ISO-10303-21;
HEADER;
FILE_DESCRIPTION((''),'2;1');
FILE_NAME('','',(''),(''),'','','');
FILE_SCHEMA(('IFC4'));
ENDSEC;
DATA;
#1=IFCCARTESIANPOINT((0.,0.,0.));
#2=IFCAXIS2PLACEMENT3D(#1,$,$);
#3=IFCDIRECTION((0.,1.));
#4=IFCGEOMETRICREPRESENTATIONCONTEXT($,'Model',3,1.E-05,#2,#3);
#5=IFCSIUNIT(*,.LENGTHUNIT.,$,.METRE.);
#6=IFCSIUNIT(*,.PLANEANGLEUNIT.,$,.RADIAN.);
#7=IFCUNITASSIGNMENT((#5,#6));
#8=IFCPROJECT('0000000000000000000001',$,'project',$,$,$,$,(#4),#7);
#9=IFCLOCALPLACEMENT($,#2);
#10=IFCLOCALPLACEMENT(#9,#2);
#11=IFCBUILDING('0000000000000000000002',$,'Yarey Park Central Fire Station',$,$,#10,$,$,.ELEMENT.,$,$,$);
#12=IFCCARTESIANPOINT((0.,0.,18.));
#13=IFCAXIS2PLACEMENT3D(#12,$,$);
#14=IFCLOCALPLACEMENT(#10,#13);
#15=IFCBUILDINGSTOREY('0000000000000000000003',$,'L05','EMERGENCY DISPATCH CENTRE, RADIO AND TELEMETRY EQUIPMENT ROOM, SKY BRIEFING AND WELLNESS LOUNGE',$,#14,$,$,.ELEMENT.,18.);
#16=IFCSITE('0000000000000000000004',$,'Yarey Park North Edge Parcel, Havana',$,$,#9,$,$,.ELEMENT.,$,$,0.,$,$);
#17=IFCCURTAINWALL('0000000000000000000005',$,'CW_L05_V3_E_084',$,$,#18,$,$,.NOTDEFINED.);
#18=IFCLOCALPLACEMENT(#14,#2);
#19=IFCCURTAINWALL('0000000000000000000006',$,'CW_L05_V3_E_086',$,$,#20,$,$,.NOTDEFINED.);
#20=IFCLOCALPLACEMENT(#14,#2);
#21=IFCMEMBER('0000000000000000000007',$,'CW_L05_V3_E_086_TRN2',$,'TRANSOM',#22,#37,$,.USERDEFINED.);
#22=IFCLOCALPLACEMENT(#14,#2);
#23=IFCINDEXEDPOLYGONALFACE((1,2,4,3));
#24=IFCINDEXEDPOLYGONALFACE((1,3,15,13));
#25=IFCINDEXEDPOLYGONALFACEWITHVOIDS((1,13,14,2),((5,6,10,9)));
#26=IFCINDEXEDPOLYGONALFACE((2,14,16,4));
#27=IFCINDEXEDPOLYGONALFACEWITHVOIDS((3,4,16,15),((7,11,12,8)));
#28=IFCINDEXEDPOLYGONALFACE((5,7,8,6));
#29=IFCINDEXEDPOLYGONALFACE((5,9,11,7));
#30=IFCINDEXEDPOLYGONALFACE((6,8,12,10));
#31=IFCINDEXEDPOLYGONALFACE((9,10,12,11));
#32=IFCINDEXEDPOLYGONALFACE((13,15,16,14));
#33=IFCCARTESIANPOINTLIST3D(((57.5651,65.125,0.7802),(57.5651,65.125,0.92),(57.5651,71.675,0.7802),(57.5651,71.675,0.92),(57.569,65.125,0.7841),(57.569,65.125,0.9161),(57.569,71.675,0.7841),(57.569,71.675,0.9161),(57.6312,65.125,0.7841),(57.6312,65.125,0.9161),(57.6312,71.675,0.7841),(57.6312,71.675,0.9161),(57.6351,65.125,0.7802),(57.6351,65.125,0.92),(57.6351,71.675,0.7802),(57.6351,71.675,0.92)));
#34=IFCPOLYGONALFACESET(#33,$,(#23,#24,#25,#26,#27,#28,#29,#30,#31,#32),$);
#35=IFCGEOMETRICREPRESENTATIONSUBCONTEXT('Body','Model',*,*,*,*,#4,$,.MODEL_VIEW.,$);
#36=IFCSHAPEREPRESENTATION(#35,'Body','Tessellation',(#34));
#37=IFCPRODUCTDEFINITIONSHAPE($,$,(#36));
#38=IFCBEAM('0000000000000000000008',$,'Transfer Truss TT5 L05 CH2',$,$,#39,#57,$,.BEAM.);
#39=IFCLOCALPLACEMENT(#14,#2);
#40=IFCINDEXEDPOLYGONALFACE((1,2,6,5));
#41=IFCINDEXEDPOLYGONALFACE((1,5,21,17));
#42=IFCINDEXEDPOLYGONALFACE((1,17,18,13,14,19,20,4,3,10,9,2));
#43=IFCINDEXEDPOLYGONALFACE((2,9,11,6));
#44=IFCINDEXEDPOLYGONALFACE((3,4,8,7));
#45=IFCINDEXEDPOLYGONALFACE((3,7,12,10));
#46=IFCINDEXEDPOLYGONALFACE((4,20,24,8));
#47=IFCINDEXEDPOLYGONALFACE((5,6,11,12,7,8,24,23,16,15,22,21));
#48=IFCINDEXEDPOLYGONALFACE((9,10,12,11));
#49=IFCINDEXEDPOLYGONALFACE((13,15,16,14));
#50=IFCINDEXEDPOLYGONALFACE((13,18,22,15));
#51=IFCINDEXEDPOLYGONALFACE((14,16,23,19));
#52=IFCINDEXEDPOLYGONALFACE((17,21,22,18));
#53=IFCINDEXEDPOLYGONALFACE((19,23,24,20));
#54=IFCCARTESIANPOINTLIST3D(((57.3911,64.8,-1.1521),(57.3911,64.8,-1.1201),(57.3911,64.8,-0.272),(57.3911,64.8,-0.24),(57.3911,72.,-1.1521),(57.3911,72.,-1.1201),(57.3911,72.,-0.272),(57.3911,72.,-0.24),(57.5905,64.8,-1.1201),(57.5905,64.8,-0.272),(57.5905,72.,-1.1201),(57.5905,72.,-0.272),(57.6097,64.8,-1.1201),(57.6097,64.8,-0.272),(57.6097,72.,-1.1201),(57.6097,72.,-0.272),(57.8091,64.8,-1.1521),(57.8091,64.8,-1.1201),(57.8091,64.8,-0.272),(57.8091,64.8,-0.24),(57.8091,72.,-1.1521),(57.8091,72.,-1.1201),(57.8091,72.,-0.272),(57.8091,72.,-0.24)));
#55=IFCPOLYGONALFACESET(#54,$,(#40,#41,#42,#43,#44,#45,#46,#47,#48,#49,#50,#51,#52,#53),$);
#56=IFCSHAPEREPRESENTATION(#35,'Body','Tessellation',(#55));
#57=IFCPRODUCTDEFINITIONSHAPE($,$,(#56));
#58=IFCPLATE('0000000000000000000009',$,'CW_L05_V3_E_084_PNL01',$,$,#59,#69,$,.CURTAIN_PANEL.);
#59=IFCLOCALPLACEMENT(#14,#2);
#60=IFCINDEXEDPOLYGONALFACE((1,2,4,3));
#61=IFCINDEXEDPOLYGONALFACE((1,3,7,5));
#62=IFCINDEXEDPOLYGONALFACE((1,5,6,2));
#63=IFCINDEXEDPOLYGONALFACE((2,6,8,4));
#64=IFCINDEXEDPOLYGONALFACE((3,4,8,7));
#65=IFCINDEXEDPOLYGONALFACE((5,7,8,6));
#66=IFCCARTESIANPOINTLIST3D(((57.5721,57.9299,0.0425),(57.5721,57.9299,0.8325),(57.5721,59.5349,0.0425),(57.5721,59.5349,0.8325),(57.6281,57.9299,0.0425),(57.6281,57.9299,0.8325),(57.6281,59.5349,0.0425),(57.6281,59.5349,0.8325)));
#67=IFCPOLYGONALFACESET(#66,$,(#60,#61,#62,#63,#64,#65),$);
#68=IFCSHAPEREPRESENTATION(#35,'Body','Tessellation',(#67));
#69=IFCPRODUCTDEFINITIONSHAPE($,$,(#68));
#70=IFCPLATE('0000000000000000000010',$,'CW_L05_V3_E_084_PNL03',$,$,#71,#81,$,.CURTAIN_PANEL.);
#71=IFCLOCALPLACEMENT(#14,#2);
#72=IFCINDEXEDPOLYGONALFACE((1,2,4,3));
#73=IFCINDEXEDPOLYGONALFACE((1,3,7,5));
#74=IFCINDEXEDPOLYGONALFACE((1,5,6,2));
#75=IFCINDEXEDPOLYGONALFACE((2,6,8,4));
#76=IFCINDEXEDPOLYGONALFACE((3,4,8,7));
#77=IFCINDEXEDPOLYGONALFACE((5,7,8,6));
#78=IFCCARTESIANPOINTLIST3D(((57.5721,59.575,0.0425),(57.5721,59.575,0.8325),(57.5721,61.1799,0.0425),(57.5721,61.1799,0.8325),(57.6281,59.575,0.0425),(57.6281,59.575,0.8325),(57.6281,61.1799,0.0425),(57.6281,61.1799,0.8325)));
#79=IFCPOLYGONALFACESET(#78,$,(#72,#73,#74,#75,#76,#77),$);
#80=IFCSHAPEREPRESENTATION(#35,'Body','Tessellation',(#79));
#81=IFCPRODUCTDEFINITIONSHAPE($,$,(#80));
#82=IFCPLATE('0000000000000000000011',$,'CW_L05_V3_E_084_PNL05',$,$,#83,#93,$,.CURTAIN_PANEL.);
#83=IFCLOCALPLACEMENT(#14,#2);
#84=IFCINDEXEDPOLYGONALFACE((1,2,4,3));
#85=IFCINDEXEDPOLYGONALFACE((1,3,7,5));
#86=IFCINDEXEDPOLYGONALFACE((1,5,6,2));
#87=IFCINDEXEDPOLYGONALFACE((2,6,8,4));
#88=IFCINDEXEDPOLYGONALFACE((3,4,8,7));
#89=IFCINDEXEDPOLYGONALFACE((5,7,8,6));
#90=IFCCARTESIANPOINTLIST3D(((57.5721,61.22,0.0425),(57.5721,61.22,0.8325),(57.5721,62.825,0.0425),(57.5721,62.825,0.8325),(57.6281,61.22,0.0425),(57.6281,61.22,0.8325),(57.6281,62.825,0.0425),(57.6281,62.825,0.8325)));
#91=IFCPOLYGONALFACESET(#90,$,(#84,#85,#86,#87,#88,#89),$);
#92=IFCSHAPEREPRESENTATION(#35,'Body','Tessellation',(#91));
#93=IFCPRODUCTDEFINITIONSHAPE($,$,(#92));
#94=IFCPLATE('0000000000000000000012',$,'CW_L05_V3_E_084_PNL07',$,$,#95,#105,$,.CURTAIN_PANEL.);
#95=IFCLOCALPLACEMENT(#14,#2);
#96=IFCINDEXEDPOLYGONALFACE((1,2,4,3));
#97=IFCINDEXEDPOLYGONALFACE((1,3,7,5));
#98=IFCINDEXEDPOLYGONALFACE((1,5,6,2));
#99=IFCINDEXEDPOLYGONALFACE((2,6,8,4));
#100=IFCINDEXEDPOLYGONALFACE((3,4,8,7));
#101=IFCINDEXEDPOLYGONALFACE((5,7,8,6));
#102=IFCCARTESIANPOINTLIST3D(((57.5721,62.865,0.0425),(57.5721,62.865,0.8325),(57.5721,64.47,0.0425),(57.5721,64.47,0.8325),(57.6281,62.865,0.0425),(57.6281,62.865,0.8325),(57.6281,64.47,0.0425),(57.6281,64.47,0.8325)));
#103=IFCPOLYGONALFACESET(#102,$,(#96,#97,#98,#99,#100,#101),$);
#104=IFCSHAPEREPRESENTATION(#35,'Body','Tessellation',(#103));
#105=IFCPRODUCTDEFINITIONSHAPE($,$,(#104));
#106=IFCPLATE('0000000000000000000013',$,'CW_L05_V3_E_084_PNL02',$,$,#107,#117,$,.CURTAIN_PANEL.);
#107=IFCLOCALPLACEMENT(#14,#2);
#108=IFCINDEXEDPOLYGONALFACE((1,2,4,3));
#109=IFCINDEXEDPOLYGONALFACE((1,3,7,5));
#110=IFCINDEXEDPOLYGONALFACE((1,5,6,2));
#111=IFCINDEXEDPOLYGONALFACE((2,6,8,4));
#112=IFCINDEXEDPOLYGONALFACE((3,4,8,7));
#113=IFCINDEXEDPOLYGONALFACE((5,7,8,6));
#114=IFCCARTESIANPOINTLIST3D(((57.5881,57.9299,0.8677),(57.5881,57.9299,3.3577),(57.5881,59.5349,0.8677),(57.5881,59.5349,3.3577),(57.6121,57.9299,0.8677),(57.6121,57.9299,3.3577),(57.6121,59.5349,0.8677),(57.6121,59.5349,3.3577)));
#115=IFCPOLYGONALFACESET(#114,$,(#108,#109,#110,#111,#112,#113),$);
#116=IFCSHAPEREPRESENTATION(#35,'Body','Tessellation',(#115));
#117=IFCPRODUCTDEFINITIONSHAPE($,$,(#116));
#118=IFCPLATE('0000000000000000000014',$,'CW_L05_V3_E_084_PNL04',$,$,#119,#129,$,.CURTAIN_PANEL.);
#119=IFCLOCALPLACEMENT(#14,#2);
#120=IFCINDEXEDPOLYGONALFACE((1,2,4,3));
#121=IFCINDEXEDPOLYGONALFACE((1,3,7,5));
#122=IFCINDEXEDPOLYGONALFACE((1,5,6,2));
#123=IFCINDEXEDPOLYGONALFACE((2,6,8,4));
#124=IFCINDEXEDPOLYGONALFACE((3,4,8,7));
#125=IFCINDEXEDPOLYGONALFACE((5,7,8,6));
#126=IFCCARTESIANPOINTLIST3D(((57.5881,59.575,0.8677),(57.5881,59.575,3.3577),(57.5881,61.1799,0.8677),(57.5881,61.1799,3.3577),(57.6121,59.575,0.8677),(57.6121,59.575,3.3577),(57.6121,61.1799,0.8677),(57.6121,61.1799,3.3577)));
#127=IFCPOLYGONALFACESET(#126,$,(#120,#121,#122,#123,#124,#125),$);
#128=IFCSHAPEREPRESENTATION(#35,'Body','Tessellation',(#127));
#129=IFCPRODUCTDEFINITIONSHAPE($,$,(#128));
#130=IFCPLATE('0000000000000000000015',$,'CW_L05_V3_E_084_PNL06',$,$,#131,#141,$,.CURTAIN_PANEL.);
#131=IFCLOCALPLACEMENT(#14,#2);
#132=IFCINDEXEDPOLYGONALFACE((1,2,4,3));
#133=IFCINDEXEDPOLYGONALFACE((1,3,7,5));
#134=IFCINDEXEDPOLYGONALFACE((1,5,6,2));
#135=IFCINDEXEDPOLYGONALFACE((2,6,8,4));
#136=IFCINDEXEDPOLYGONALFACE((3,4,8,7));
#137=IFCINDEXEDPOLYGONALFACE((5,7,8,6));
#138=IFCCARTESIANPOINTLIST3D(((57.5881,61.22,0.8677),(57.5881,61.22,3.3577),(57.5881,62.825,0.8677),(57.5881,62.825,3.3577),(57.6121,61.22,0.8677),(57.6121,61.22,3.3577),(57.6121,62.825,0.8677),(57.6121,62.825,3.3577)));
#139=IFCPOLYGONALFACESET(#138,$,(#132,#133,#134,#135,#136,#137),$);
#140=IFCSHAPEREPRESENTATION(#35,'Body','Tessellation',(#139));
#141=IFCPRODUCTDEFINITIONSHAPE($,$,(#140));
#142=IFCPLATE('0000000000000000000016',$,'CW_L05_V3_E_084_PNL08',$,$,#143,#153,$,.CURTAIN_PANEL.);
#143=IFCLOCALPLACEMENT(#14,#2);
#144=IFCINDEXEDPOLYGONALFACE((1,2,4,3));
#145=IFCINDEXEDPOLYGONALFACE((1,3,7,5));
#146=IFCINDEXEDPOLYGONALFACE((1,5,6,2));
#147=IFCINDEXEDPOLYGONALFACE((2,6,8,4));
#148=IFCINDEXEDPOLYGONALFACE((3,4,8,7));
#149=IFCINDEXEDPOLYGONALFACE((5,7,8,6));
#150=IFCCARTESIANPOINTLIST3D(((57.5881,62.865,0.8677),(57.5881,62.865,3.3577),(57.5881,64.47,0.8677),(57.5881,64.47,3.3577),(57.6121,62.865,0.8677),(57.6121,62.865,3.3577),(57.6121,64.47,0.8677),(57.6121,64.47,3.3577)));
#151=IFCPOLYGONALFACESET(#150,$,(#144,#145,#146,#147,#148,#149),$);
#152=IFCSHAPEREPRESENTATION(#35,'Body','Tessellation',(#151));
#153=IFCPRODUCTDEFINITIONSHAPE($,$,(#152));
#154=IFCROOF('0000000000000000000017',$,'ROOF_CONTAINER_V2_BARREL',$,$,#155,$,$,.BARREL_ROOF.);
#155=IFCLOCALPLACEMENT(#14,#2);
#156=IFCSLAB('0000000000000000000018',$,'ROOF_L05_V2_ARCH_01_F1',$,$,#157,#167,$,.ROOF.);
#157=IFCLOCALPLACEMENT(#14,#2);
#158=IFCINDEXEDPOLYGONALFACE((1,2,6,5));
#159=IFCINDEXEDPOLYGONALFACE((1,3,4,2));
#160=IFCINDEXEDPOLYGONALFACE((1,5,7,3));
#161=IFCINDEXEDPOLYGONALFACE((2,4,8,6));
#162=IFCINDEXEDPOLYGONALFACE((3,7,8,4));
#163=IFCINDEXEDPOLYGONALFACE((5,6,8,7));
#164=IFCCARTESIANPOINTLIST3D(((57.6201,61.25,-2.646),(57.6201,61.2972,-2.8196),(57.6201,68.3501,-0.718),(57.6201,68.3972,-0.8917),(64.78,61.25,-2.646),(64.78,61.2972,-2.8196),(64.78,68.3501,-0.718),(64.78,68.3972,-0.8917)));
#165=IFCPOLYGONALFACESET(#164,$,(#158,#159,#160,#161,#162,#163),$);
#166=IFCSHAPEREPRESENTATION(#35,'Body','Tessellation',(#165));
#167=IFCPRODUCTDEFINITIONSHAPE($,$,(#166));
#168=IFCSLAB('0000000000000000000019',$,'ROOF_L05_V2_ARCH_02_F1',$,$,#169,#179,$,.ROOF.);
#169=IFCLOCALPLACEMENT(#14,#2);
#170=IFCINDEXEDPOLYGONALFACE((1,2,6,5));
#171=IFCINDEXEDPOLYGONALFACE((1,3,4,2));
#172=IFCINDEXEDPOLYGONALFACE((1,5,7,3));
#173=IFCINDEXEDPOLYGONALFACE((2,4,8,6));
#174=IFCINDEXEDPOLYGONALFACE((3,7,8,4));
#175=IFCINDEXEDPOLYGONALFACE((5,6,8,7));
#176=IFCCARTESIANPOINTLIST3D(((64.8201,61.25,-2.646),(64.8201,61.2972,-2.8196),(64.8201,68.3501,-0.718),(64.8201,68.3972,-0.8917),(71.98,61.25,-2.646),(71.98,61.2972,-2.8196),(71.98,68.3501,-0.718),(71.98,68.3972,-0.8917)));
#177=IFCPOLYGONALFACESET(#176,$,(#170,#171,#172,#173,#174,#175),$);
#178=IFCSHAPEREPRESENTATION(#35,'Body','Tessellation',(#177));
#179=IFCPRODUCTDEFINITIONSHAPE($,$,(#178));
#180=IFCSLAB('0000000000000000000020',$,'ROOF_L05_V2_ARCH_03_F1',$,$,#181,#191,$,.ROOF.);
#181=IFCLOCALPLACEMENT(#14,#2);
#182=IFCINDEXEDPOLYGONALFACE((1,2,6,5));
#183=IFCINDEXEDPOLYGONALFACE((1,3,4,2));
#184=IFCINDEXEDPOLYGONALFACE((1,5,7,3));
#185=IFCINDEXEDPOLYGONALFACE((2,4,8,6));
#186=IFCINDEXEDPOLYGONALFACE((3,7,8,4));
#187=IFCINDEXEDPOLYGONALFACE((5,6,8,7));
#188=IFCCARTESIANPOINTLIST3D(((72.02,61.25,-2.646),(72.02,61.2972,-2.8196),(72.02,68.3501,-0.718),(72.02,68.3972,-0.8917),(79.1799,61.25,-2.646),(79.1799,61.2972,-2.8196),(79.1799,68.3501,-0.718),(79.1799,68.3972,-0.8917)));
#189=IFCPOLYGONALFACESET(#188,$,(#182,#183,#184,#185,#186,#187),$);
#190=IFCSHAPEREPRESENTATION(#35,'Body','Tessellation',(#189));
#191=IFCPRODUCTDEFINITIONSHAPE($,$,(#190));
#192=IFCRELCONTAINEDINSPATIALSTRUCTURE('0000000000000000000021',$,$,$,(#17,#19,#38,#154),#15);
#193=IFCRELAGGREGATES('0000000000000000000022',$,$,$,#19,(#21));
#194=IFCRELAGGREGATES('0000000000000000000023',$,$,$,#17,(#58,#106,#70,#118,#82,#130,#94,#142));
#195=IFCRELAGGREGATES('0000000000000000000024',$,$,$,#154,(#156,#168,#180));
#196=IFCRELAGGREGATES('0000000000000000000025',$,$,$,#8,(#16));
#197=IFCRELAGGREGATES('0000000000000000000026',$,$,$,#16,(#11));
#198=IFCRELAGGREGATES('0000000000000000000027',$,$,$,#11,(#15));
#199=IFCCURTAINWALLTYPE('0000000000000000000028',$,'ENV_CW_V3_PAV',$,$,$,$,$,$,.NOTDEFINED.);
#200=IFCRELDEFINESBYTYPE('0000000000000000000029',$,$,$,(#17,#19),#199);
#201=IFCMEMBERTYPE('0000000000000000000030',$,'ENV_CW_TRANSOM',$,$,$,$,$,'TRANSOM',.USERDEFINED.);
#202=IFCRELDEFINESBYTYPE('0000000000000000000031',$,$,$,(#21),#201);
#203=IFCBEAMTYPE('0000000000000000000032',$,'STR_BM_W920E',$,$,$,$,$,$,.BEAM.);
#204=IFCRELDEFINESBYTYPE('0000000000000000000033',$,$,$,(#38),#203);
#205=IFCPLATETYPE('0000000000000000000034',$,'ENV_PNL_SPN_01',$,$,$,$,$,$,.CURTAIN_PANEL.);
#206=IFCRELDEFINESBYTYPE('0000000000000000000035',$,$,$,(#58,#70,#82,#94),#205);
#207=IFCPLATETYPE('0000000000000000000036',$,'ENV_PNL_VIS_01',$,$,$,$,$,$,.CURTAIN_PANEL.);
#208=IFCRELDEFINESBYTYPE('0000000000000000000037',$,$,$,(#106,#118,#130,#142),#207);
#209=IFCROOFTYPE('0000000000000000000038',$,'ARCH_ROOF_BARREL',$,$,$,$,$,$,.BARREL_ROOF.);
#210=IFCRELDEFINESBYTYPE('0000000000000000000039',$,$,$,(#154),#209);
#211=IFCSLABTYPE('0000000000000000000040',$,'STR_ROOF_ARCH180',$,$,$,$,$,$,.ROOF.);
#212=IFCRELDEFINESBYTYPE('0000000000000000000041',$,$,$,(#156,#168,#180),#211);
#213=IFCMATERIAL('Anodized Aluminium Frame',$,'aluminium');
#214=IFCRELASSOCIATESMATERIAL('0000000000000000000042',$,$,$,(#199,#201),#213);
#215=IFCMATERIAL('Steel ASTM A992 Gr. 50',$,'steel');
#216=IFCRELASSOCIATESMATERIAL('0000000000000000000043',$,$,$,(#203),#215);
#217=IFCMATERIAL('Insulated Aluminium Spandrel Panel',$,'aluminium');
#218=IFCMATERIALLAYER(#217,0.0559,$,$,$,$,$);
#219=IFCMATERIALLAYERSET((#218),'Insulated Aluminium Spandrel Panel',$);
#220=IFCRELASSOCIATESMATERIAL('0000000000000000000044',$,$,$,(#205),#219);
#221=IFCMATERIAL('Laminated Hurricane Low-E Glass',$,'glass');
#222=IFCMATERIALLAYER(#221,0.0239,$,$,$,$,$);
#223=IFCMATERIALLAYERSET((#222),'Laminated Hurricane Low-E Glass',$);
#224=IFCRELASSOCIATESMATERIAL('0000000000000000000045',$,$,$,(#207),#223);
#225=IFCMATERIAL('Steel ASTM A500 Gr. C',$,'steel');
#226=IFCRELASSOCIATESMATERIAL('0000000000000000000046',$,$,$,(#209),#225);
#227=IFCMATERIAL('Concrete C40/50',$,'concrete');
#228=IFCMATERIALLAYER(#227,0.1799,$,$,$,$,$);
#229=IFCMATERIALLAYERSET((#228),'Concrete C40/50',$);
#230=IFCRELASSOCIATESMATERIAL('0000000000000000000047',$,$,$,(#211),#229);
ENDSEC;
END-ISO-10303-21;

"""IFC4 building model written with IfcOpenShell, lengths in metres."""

from ifc_helpers import new_model, si_unit, direction, frame, origin, origin_2d, place, context, subcontext, project, spatial, polyline, rectangle, hollow_rectangle, i_section, outline, extrude, material, layer, layer_set, material_profile, profile_set, type_object, element, aggregate, save


model = new_model("IFC4")

# Units and contexts
model_context = context("Model", 3, precision=1e-05, world=origin(), true_north=direction((0.0, 1.0)))
body_context = subcontext(model_context, "Body", "Model", "MODEL_VIEW")
ifc_project = project(units=[si_unit("LENGTHUNIT", "METRE"), si_unit("PLANEANGLEUNIT", "RADIAN")], contexts=[model_context])

# Site, building, storey
site_placement = place(None, origin())
site = spatial("IfcSite", under=ifc_project, at=site_placement, Name="Yarey Park North Edge Parcel, Havana", CompositionType="ELEMENT", RefElevation=0.0)
building_placement = place(site_placement, origin())
building = spatial("IfcBuilding", under=site, at=building_placement, Name="Yarey Park Central Fire Station", CompositionType="ELEMENT")
storey_placement = place(building_placement, frame((0.0, 0.0, 18.0)))
storey = spatial("IfcBuildingStorey", under=building, at=storey_placement, Name="L05", Description="EMERGENCY DISPATCH CENTRE, RADIO AND TELEMETRY EQUIPMENT ROOM, SKY BRIEFING AND WELLNESS LOUNGE", CompositionType="ELEMENT", Elevation=18.0)

# Shared definitions
ifc_material_1 = material(Name="Steel ASTM A992 Gr. 50", Category="steel")

# Curtain walls, member
ifc_material_2 = material(Name="Anodized Aluminium Frame", Category="aluminium")
curtain_wall_type = type_object("IfcCurtainWallType", Name="ENV_CW_V3_PAV", PredefinedType="NOTDEFINED", material=ifc_material_2)
curtain_wall_1_placement = place(storey_placement, origin())
curtain_wall_1 = element("IfcCurtainWall", 1, at=curtain_wall_1_placement, inside=storey, type_object=curtain_wall_type, Name="CW_L05_V3_E_084", PredefinedType="NOTDEFINED")
ifc_material_profile_1 = material_profile(ifc_material_2, hollow_rectangle(XDim=0.0701, YDim=0.1399, WallThickness=0.0039, at=origin_2d()), Name="ALU 140x70x4")
ifc_profile_set_1 = profile_set([ifc_material_profile_1], Name="Anodized Aluminium Frame")
member_type_1 = type_object("IfcMemberType", Name="ENV_CW_TRANSOM", ElementType="TRANSOM", PredefinedType="USERDEFINED", material=ifc_profile_set_1)
curtain_wall_2_placement = place(storey_placement, origin())
curtain_wall_2 = element("IfcCurtainWall", 2, at=curtain_wall_2_placement, inside=storey, type_object=curtain_wall_type, Name="CW_L05_V3_E_086", PredefinedType="NOTDEFINED")
member_1_placement = place(storey_placement, frame((57.6001, 65.125, 0.8501), z_axis=(0.0, 1.0, 0.0), x_axis=(-1.0, 0.0, 0.0)))
member_1 = element("IfcMember", 3, at=member_1_placement, type_object=member_type_1, Name="CW_L05_V3_E_086_TRN2", ObjectType="TRANSOM", PredefinedType="USERDEFINED", context=body_context, shape_type="SweptSolid", body=[
    extrude(hollow_rectangle(XDim=0.0701, YDim=0.1399, WallThickness=0.0039, at=origin_2d()), origin(), (0.0, 0.0, 1.0), 6.55),
])
aggregate(curtain_wall_2, [member_1])

# Beam
ifc_material_profile_2 = material_profile(ifc_material_1, i_section(OverallWidth=0.418, OverallDepth=0.9121, WebThickness=0.0193, FlangeThickness=0.032, at=origin_2d()), Name="W920x342")
ifc_profile_set_2 = profile_set([ifc_material_profile_2], Name="Steel ASTM A992 Gr. 50")
beam_type = type_object("IfcBeamType", Name="STR_BM_W920E", PredefinedType="BEAM", material=ifc_profile_set_2)
beam_placement = place(storey_placement, frame((57.6001, 64.8, -0.696), z_axis=(0.0, 1.0, 0.0), x_axis=(-1.0, 0.0, 0.0)))
element("IfcBeam", 4, at=beam_placement, inside=storey, type_object=beam_type, Name="Transfer Truss TT5 L05 CH2", PredefinedType="BEAM", context=body_context, shape_type="SweptSolid", body=[
    extrude(i_section(OverallWidth=0.418, OverallDepth=0.9121, WebThickness=0.0193, FlangeThickness=0.032, at=origin_2d()), origin(), (0.0, 0.0, 1.0), 7.2),
])

# Plates
ifc_material_3 = material(Name="Insulated Aluminium Spandrel Panel", Category="aluminium")
ifc_layer_1 = layer(ifc_material_3, 0.0559)
ifc_layer_set_1 = layer_set([ifc_layer_1], Name="Insulated Aluminium Spandrel Panel")
plate_type_1 = type_object("IfcPlateType", Name="ENV_PNL_SPN_01", PredefinedType="CURTAIN_PANEL", material=ifc_layer_set_1)
plate_1_placement = place(storey_placement, frame((57.6001, 58.7324, 0.0425), z_axis=(0.0, 0.0, 1.0), x_axis=(0.0, 1.0, 0.0)))
plate_1 = element("IfcPlate", 5, at=plate_1_placement, type_object=plate_type_1, Name="CW_L05_V3_E_084_PNL01", PredefinedType="CURTAIN_PANEL", context=body_context, shape_type="SweptSolid", body=[
    extrude(rectangle(XDim=1.605, YDim=0.0559, at=origin_2d()), origin(), (0.0, 0.0, 1.0), 0.79),
])
plate_2_placement = place(storey_placement, frame((57.6001, 60.3774, 0.0425), z_axis=(0.0, 0.0, 1.0), x_axis=(0.0, 1.0, 0.0)))
plate_2 = element("IfcPlate", 6, at=plate_2_placement, type_object=plate_type_1, Name="CW_L05_V3_E_084_PNL03", PredefinedType="CURTAIN_PANEL", context=body_context, shape_type="SweptSolid", body=[
    extrude(rectangle(XDim=1.605, YDim=0.0559, at=origin_2d()), origin(), (0.0, 0.0, 1.0), 0.79),
])
plate_3_placement = place(storey_placement, frame((57.6001, 62.0225, 0.0425), z_axis=(0.0, 0.0, 1.0), x_axis=(0.0, 1.0, 0.0)))
plate_3 = element("IfcPlate", 7, at=plate_3_placement, type_object=plate_type_1, Name="CW_L05_V3_E_084_PNL05", PredefinedType="CURTAIN_PANEL", context=body_context, shape_type="SweptSolid", body=[
    extrude(rectangle(XDim=1.605, YDim=0.0559, at=origin_2d()), origin(), (0.0, 0.0, 1.0), 0.79),
])
plate_4_placement = place(storey_placement, frame((57.6001, 63.6675, 0.0425), z_axis=(0.0, 0.0, 1.0), x_axis=(0.0, 1.0, 0.0)))
plate_4 = element("IfcPlate", 8, at=plate_4_placement, type_object=plate_type_1, Name="CW_L05_V3_E_084_PNL07", PredefinedType="CURTAIN_PANEL", context=body_context, shape_type="SweptSolid", body=[
    extrude(rectangle(XDim=1.605, YDim=0.0559, at=origin_2d()), origin(), (0.0, 0.0, 1.0), 0.79),
])
ifc_material_4 = material(Name="Laminated Hurricane Low-E Glass", Category="glass")
ifc_layer_2 = layer(ifc_material_4, 0.0239)
ifc_layer_set_2 = layer_set([ifc_layer_2], Name="Laminated Hurricane Low-E Glass")
plate_type_2 = type_object("IfcPlateType", Name="ENV_PNL_VIS_01", PredefinedType="CURTAIN_PANEL", material=ifc_layer_set_2)
plate_5_placement = place(storey_placement, frame((57.6001, 58.7324, 0.8677), z_axis=(0.0, 0.0, 1.0), x_axis=(0.0, 1.0, 0.0)))
plate_5 = element("IfcPlate", 9, at=plate_5_placement, type_object=plate_type_2, Name="CW_L05_V3_E_084_PNL02", PredefinedType="CURTAIN_PANEL", context=body_context, shape_type="SweptSolid", body=[
    extrude(rectangle(XDim=1.605, YDim=0.0239, at=origin_2d()), origin(), (0.0, 0.0, 1.0), 2.49),
])
plate_6_placement = place(storey_placement, frame((57.6001, 60.3774, 0.8677), z_axis=(0.0, 0.0, 1.0), x_axis=(0.0, 1.0, 0.0)))
plate_6 = element("IfcPlate", 10, at=plate_6_placement, type_object=plate_type_2, Name="CW_L05_V3_E_084_PNL04", PredefinedType="CURTAIN_PANEL", context=body_context, shape_type="SweptSolid", body=[
    extrude(rectangle(XDim=1.605, YDim=0.0239, at=origin_2d()), origin(), (0.0, 0.0, 1.0), 2.49),
])
plate_7_placement = place(storey_placement, frame((57.6001, 62.0225, 0.8677), z_axis=(0.0, 0.0, 1.0), x_axis=(0.0, 1.0, 0.0)))
plate_7 = element("IfcPlate", 11, at=plate_7_placement, type_object=plate_type_2, Name="CW_L05_V3_E_084_PNL06", PredefinedType="CURTAIN_PANEL", context=body_context, shape_type="SweptSolid", body=[
    extrude(rectangle(XDim=1.605, YDim=0.0239, at=origin_2d()), origin(), (0.0, 0.0, 1.0), 2.49),
])
plate_8_placement = place(storey_placement, frame((57.6001, 63.6675, 0.8677), z_axis=(0.0, 0.0, 1.0), x_axis=(0.0, 1.0, 0.0)))
plate_8 = element("IfcPlate", 12, at=plate_8_placement, type_object=plate_type_2, Name="CW_L05_V3_E_084_PNL08", PredefinedType="CURTAIN_PANEL", context=body_context, shape_type="SweptSolid", body=[
    extrude(rectangle(XDim=1.605, YDim=0.0239, at=origin_2d()), origin(), (0.0, 0.0, 1.0), 2.49),
])
aggregate(curtain_wall_1, [plate_1, plate_5, plate_2, plate_6, plate_3, plate_7, plate_4, plate_8])

# Roof, slabs
ifc_material_5 = material(Name="Steel ASTM A500 Gr. C", Category="steel")
roof_type = type_object("IfcRoofType", Name="ARCH_ROOF_BARREL", PredefinedType="BARREL_ROOF", material=ifc_material_5)
roof_placement = place(storey_placement, origin())
roof = element("IfcRoof", 13, at=roof_placement, inside=storey, type_object=roof_type, Name="ROOF_CONTAINER_V2_BARREL", PredefinedType="BARREL_ROOF")
ifc_material_6 = material(Name="Concrete C40/50", Category="concrete")
ifc_layer_3 = layer(ifc_material_6, 0.1799)
ifc_layer_set_3 = layer_set([ifc_layer_3], Name="Concrete C40/50")
slab_type = type_object("IfcSlabType", Name="STR_ROOF_ARCH180", PredefinedType="ROOF", material=ifc_layer_set_3)
slab_1_placement = place(storey_placement, frame((57.6201, 61.25, -2.646), z_axis=(0.0, -0.262053, 0.965053), x_axis=(1.0, 0.0, 0.0)))
slab_1 = element("IfcSlab", 14, at=slab_1_placement, type_object=slab_type, Name="ROOF_L05_V2_ARCH_01_F1", PredefinedType="ROOF", context=body_context, shape_type="SweptSolid", body=[
    extrude(outline(polyline([(0.0, 0.0), (7.1599, 0.0), (7.1599, 7.3572), (0.0, 7.3572), (0.0, 0.0)])), origin(), (0.0, 0.0, -1.0), 0.1799),
])
slab_2_placement = place(storey_placement, frame((64.8201, 61.25, -2.646), z_axis=(0.0, -0.262053, 0.965053), x_axis=(1.0, 0.0, 0.0)))
slab_2 = element("IfcSlab", 15, at=slab_2_placement, type_object=slab_type, Name="ROOF_L05_V2_ARCH_02_F1", PredefinedType="ROOF", context=body_context, shape_type="SweptSolid", body=[
    extrude(outline(polyline([(0.0, 0.0), (7.1599, 0.0), (7.1599, 7.3572), (0.0, 7.3572), (0.0, 0.0)])), origin(), (0.0, 0.0, -1.0), 0.1799),
])
slab_3_placement = place(storey_placement, frame((72.02, 61.25, -2.646), z_axis=(0.0, -0.262053, 0.965053), x_axis=(1.0, 0.0, 0.0)))
slab_3 = element("IfcSlab", 16, at=slab_3_placement, type_object=slab_type, Name="ROOF_L05_V2_ARCH_03_F1", PredefinedType="ROOF", context=body_context, shape_type="SweptSolid", body=[
    extrude(outline(polyline([(0.0, 0.0), (7.1599, 0.0), (7.1599, 7.3572), (0.0, 7.3572), (0.0, 0.0)])), origin(), (0.0, 0.0, -1.0), 0.1799),
])
aggregate(roof, [slab_1, slab_2, slab_3])

save(model, "model.ifc")
